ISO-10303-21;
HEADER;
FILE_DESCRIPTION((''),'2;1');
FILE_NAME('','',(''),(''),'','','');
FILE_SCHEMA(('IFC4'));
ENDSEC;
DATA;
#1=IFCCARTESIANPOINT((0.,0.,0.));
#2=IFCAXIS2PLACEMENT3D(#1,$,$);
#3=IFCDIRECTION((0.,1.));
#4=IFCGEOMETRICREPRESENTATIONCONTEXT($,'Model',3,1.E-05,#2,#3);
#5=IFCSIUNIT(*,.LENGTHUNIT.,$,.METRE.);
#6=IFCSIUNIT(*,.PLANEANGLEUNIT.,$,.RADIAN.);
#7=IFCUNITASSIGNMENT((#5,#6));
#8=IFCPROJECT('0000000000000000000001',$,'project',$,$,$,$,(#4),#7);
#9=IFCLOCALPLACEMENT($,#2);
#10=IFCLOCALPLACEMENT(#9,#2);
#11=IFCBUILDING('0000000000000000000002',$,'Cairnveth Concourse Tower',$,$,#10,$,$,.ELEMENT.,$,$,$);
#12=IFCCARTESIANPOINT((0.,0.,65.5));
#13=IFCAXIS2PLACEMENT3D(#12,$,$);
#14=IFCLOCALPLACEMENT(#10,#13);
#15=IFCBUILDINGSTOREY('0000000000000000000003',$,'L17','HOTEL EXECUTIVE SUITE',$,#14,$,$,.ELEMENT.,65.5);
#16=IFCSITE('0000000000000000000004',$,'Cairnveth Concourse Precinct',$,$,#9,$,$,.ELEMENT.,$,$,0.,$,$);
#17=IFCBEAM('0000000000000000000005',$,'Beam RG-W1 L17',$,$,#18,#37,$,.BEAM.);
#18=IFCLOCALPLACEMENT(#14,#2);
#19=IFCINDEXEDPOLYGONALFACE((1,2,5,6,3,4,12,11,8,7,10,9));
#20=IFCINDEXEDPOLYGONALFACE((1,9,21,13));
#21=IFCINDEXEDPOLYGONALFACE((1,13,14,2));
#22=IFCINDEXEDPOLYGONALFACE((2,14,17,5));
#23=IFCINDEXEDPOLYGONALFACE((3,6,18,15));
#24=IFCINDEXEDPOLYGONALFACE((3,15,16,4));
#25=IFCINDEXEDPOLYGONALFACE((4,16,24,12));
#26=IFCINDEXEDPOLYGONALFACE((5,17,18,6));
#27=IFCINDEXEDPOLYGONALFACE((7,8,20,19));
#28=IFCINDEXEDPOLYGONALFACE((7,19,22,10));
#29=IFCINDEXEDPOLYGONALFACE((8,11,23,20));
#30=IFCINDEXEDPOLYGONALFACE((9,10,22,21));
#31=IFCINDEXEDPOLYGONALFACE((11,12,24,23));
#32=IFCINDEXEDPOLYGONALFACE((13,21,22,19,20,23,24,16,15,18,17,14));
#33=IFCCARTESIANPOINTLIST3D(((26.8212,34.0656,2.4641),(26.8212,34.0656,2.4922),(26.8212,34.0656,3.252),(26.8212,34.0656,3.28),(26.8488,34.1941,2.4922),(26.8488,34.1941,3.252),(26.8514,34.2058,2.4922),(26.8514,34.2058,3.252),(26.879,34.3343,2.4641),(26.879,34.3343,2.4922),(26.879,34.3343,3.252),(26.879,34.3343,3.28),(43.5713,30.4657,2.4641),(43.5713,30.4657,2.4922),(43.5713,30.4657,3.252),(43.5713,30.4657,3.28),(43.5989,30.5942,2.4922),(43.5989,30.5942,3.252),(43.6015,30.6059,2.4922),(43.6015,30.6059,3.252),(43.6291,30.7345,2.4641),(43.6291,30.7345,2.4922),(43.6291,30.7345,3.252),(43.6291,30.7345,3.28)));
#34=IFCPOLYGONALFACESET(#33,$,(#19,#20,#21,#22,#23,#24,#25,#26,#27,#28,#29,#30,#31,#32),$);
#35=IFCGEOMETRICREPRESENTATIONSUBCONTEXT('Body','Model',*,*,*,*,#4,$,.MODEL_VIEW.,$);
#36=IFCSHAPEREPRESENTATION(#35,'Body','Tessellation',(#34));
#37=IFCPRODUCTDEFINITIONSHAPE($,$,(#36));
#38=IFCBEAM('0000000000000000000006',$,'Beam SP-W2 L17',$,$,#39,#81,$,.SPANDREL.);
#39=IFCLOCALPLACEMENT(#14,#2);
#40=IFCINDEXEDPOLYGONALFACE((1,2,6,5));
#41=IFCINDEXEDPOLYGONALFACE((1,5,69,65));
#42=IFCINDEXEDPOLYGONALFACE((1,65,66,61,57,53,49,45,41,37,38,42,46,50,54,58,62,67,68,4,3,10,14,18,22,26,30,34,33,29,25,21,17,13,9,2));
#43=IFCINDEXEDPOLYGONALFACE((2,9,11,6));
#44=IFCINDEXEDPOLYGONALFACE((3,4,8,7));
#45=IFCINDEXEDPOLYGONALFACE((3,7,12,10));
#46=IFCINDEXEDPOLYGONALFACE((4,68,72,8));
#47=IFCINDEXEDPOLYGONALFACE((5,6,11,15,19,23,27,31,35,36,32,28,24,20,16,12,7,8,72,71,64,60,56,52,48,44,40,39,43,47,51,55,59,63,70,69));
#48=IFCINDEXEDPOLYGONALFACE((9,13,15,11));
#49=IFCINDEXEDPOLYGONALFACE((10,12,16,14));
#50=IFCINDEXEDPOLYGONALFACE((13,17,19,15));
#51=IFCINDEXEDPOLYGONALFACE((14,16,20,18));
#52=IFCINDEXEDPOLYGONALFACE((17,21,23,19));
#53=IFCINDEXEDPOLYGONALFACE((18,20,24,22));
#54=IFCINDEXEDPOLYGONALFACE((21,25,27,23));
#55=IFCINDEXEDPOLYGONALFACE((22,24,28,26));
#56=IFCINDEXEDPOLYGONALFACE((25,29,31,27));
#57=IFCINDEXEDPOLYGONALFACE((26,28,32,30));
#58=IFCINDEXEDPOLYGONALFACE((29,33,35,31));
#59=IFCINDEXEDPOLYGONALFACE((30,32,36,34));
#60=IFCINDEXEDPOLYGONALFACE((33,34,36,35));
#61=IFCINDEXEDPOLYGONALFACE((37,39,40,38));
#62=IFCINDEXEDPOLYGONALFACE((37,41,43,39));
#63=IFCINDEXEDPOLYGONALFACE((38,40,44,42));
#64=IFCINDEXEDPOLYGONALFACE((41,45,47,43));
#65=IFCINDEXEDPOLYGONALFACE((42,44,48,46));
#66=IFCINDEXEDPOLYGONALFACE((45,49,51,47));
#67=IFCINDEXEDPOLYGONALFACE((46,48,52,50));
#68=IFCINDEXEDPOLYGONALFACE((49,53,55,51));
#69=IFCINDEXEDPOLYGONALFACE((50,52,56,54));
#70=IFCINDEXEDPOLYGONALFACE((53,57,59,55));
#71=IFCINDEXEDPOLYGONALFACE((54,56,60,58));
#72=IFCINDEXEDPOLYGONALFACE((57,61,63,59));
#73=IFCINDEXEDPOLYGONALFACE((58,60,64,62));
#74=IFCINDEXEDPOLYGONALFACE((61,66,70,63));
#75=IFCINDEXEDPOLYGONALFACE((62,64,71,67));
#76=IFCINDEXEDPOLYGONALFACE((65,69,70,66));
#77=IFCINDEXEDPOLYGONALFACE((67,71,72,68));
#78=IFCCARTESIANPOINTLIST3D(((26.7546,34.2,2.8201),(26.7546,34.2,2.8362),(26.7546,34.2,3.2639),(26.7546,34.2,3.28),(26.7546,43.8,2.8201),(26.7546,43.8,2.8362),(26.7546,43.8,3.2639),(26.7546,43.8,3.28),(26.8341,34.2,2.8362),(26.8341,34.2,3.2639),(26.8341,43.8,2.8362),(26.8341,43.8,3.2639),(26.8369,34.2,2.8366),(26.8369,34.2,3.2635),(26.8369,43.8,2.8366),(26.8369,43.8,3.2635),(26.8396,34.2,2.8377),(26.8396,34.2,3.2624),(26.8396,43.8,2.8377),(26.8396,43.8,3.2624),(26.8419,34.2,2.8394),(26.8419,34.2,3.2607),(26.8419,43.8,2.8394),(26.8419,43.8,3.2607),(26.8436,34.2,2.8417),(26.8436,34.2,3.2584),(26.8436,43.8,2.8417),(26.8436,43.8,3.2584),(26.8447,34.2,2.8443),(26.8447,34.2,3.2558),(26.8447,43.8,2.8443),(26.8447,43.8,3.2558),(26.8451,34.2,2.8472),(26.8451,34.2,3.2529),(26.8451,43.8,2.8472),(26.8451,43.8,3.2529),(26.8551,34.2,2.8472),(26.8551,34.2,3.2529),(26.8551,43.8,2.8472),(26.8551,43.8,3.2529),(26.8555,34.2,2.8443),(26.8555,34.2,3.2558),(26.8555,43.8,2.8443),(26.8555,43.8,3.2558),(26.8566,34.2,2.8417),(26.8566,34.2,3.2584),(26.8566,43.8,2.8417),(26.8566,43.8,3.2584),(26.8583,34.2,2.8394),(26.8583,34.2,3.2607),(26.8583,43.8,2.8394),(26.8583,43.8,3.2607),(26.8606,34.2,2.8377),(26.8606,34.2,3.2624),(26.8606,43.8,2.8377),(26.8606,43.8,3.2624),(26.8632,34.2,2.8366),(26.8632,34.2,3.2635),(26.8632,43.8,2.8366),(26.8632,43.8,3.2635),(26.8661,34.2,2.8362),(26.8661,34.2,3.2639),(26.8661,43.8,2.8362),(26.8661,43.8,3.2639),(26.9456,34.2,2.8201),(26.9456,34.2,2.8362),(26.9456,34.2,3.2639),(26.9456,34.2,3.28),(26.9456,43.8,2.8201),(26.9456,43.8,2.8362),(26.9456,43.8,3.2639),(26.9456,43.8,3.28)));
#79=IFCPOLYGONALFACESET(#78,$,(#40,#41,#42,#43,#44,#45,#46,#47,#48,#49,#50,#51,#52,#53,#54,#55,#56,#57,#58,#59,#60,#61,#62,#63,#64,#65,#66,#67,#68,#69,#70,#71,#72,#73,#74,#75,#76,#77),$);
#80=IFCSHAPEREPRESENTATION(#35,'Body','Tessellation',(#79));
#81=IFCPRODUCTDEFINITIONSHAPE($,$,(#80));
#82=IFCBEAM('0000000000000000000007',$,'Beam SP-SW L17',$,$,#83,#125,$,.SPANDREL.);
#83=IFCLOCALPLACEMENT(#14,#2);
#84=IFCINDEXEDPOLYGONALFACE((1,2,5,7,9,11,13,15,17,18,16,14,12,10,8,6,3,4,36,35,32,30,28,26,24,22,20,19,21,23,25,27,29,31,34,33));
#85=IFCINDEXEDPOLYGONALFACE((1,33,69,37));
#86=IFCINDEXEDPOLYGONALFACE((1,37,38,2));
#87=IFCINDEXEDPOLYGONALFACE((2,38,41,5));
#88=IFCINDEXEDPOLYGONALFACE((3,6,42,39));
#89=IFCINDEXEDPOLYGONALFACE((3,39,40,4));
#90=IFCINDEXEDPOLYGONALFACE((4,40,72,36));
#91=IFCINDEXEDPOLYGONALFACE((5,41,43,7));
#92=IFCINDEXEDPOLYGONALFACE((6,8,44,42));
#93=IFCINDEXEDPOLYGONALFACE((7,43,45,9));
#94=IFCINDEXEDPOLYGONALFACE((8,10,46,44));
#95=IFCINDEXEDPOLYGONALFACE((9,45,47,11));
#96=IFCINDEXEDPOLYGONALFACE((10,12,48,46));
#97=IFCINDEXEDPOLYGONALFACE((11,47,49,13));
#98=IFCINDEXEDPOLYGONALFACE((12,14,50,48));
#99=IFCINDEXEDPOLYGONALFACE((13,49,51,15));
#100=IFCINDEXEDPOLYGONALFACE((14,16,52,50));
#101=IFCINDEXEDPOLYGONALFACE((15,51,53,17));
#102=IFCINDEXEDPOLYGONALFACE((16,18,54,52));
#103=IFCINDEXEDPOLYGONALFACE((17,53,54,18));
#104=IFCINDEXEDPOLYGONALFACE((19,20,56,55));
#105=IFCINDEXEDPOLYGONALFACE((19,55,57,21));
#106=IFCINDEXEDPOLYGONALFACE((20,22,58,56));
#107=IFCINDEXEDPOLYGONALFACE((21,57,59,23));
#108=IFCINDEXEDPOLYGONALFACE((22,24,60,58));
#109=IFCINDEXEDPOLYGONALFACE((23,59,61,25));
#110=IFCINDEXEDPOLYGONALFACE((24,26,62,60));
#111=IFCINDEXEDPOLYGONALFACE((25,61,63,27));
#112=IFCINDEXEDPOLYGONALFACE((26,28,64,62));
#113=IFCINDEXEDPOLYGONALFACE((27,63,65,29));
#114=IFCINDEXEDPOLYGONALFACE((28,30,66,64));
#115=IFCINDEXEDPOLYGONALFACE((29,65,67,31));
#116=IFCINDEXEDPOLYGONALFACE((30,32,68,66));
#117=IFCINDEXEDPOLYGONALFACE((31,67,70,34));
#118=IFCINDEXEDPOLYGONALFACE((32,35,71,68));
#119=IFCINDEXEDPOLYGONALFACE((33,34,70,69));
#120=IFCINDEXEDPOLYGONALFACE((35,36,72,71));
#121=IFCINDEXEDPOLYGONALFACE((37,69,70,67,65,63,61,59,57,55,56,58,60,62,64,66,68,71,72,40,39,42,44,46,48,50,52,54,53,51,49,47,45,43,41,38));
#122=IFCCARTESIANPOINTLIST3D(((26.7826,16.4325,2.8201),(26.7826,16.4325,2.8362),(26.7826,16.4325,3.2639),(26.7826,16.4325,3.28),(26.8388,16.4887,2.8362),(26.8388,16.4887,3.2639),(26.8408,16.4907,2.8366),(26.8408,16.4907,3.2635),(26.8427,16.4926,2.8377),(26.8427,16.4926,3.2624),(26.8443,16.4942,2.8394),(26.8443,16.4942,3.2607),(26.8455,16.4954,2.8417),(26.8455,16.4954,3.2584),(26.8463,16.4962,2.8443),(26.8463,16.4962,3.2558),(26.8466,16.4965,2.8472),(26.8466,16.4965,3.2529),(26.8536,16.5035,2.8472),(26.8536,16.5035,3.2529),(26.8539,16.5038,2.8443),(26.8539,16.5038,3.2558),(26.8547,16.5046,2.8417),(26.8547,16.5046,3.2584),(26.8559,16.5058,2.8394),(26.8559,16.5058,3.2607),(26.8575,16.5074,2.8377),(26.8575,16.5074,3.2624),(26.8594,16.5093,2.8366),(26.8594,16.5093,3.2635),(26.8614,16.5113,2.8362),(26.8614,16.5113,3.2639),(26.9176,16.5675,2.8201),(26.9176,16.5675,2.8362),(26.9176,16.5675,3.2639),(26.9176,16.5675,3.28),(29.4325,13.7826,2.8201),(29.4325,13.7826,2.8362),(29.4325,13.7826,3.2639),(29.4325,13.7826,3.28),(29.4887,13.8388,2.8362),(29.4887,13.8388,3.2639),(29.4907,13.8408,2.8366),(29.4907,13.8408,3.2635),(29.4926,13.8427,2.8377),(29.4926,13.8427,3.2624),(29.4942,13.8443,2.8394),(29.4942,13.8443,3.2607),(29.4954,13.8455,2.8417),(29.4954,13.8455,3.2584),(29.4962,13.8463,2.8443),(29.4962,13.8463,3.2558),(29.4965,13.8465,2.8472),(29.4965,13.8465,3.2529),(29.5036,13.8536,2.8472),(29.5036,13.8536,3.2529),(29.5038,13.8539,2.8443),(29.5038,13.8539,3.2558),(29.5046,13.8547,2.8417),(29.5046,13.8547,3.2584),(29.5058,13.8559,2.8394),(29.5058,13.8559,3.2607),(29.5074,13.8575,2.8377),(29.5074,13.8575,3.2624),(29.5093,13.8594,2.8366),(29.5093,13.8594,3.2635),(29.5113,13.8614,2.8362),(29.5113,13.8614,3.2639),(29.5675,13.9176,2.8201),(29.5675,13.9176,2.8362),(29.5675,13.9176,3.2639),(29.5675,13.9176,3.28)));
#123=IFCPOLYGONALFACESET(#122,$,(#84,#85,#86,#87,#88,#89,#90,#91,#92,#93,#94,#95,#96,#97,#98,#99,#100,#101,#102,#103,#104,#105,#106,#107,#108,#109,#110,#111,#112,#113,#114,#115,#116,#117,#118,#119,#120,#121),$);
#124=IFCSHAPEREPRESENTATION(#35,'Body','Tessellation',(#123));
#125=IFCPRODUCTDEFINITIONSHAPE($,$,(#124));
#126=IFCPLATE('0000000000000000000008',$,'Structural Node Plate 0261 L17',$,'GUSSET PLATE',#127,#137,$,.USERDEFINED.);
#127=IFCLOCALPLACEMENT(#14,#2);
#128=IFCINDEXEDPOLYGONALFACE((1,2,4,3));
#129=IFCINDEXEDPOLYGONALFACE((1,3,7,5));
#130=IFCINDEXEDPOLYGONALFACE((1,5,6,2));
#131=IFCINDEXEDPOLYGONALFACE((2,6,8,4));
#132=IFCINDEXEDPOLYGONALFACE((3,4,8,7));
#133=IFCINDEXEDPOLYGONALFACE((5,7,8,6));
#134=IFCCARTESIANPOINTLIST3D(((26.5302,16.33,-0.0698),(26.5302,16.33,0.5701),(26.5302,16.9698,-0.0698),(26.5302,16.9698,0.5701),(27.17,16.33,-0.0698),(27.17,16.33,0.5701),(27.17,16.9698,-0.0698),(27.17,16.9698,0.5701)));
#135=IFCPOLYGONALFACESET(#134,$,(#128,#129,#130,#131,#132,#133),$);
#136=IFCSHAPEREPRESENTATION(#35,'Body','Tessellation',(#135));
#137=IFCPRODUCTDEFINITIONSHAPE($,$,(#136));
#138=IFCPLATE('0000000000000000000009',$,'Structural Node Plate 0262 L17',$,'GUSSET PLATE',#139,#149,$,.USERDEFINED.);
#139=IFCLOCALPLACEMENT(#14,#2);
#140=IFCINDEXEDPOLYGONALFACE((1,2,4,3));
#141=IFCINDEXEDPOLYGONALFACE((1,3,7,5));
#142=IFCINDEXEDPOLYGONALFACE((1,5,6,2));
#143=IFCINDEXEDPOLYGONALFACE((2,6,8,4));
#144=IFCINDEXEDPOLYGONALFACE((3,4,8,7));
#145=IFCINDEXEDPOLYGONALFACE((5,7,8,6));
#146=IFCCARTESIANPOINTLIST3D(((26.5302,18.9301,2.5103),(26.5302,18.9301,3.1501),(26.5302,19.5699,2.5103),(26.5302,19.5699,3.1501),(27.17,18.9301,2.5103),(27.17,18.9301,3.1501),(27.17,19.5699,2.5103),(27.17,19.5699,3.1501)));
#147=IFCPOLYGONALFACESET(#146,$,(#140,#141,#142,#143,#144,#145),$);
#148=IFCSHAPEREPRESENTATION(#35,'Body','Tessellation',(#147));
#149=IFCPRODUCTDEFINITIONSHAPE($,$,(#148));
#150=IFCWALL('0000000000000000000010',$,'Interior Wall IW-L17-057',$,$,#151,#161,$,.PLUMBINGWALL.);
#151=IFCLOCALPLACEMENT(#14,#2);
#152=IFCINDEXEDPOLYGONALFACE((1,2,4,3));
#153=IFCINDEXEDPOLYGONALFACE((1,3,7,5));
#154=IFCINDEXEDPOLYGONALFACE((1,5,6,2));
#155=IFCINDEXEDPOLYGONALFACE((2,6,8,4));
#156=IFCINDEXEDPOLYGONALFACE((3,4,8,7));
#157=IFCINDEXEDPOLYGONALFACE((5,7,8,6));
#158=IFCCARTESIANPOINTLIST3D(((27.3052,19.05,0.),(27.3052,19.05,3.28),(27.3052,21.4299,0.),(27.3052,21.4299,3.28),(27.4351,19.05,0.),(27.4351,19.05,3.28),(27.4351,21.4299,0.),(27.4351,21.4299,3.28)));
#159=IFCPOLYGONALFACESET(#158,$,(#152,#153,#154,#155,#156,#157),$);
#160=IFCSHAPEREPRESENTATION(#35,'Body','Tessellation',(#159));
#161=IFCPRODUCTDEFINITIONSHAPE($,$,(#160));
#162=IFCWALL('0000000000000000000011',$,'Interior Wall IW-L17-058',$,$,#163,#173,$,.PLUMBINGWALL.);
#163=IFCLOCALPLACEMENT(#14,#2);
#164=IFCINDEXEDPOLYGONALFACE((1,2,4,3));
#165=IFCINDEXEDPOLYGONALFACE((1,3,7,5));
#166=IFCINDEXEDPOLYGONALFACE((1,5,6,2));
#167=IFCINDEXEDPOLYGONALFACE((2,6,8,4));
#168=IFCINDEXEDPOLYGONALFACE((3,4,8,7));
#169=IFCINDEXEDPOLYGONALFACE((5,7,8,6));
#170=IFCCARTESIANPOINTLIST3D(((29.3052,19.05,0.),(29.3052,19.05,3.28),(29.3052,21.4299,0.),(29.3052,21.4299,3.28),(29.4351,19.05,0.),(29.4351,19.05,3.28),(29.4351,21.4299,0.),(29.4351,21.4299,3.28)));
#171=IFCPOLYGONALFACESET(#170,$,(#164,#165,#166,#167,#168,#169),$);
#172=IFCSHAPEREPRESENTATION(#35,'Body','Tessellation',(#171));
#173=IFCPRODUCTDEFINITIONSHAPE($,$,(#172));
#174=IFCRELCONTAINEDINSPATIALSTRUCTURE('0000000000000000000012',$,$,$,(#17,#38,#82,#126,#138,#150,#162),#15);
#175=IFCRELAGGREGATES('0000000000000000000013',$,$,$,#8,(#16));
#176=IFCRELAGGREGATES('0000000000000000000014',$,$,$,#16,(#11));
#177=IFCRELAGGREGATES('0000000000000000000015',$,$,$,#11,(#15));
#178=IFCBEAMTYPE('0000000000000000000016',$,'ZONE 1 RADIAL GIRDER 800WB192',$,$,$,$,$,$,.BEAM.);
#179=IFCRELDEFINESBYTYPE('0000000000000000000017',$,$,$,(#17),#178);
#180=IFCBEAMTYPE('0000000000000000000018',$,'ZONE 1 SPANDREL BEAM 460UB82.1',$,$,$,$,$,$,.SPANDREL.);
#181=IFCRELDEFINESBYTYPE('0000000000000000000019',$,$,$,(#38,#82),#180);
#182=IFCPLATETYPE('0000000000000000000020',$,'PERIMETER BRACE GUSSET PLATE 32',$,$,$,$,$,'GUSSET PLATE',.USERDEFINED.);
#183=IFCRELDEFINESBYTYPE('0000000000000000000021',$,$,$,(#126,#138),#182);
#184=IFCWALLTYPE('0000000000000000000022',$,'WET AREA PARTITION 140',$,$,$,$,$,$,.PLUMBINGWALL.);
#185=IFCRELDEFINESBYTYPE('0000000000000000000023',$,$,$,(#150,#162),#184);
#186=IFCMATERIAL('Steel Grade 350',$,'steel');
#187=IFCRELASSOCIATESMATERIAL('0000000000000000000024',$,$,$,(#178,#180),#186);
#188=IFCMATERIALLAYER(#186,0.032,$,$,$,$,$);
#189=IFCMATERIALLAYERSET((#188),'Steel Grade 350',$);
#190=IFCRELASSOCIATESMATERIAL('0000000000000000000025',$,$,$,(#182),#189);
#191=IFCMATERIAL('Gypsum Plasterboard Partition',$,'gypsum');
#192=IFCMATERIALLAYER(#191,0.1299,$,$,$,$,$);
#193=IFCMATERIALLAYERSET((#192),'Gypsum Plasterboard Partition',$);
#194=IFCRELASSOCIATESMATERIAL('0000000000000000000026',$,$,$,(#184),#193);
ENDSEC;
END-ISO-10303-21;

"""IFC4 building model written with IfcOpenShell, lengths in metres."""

from ifc_helpers import new_model, si_unit, direction, frame, frame_2d, origin, origin_2d, place, context, subcontext, project, spatial, rectangle, i_section, extrude, material, layer, layer_set, material_profile, profile_set, type_object, element, save


model = new_model("IFC4")

# Units and contexts
model_context = context("Model", 3, precision=1e-05, world=origin(), true_north=direction((0.0, 1.0)))
body_context = subcontext(model_context, "Body", "Model", "MODEL_VIEW")
ifc_project = project(units=[si_unit("LENGTHUNIT", "METRE"), si_unit("PLANEANGLEUNIT", "RADIAN")], contexts=[model_context])

# Site, building, storey
site_placement = place(None, origin())
site = spatial("IfcSite", under=ifc_project, at=site_placement, Name="Cairnveth Concourse Precinct", CompositionType="ELEMENT", RefElevation=0.0)
building_placement = place(site_placement, origin())
building = spatial("IfcBuilding", under=site, at=building_placement, Name="Cairnveth Concourse Tower", CompositionType="ELEMENT")
storey_placement = place(building_placement, frame((0.0, 0.0, 65.5)))
storey = spatial("IfcBuildingStorey", under=building, at=storey_placement, Name="L17", Description="HOTEL EXECUTIVE SUITE", CompositionType="ELEMENT", Elevation=65.5)

# Shared definitions
ifc_material_1 = material(Name="Steel Grade 350", Category="steel")

# Beams
ifc_material_profile_1 = material_profile(ifc_material_1, i_section(OverallWidth=0.2749, OverallDepth=0.8159, WebThickness=0.012, FlangeThickness=0.0281, at=origin_2d()), Name="800WB192")
ifc_profile_set_1 = profile_set([ifc_material_profile_1], Name="Steel Grade 350")
beam_type_1 = type_object("IfcBeamType", Name="ZONE 1 RADIAL GIRDER 800WB192", PredefinedType="BEAM", material=ifc_profile_set_1)
beam_1_placement = place(storey_placement, frame((26.8501, 34.2, 2.8721), z_axis=(0.977676, -0.210119, 0.0), x_axis=(0.210119, 0.977676, 0.0)))
element("IfcBeam", 1, at=beam_1_placement, inside=storey, type_object=beam_type_1, Name="Beam RG-W1 L17", PredefinedType="BEAM", context=body_context, shape_type="SweptSolid", body=[
    extrude(i_section(OverallWidth=0.2749, OverallDepth=0.8159, WebThickness=0.012, FlangeThickness=0.0281, at=origin_2d()), origin(), (0.0, 0.0, 1.0), 17.1326),
])
ifc_material_profile_2 = material_profile(ifc_material_1, i_section(OverallWidth=0.1909, OverallDepth=0.46, WebThickness=0.01, FlangeThickness=0.0161, FilletRadius=0.011, at=origin_2d()), Name="460UB82.1")
ifc_profile_set_2 = profile_set([ifc_material_profile_2], Name="Steel Grade 350")
beam_type_2 = type_object("IfcBeamType", Name="ZONE 1 SPANDREL BEAM 460UB82.1", PredefinedType="SPANDREL", material=ifc_profile_set_2)
beam_2_placement = place(storey_placement, frame((26.8501, 34.2, 3.05), z_axis=(0.0, 1.0, 0.0), x_axis=(-1.0, 0.0, 0.0)))
element("IfcBeam", 2, at=beam_2_placement, inside=storey, type_object=beam_type_2, Name="Beam SP-W2 L17", PredefinedType="SPANDREL", context=body_context, shape_type="SweptSolid", body=[
    extrude(i_section(OverallWidth=0.1909, OverallDepth=0.46, WebThickness=0.01, FlangeThickness=0.0161, FilletRadius=0.011, at=origin_2d()), origin(), (0.0, 0.0, 1.0), 9.6001),
])
beam_3_placement = place(storey_placement, frame((26.8501, 16.5, 3.05), z_axis=(0.707107, -0.707107, 0.0), x_axis=(0.707107, 0.707107, 0.0)))
element("IfcBeam", 3, at=beam_3_placement, inside=storey, type_object=beam_type_2, Name="Beam SP-SW L17", PredefinedType="SPANDREL", context=body_context, shape_type="SweptSolid", body=[
    extrude(i_section(OverallWidth=0.1909, OverallDepth=0.46, WebThickness=0.01, FlangeThickness=0.0161, FilletRadius=0.011, at=origin_2d()), origin(), (0.0, 0.0, 1.0), 3.7476),
])

# Plates
ifc_layer_1 = layer(ifc_material_1, 0.032)
ifc_layer_set_1 = layer_set([ifc_layer_1], Name="Steel Grade 350")
plate_type = type_object("IfcPlateType", Name="PERIMETER BRACE GUSSET PLATE 32", ElementType="GUSSET PLATE", PredefinedType="USERDEFINED", material=ifc_layer_set_1)
for number, where, z_axis, x_axis, name in (
    (4, (26.8501, 16.6499, -0.0698), (0.0, 0.0, 1.0), (1.0, 0.0, 0.0), "Structural Node Plate 0261 L17"),
    (5, (26.8501, 19.25, 2.5103), (0.0, 0.0, 1.0), (1.0, 0.0, 0.0), "Structural Node Plate 0262 L17"),
):
    element("IfcPlate", number, at=place(storey_placement, frame(where, z_axis=z_axis, x_axis=x_axis)), inside=storey, type_object=plate_type, Name=name, ObjectType="GUSSET PLATE", PredefinedType="USERDEFINED", context=body_context, shape_type="SweptSolid", body=[
        extrude(rectangle(XDim=0.6399, YDim=0.6399, at=origin_2d()), origin(), (0.0, 0.0, 1.0), 0.6399),
    ])

# Walls
ifc_material_2 = material(Name="Gypsum Plasterboard Partition", Category="gypsum")
ifc_layer_2 = layer(ifc_material_2, 0.1299)
ifc_layer_set_2 = layer_set([ifc_layer_2], Name="Gypsum Plasterboard Partition")
wall_type_1 = type_object("IfcWallType", Name="WET AREA PARTITION 140", PredefinedType="PLUMBINGWALL", material=ifc_layer_set_2)
for number, where, z_axis, x_axis, name in (
    (6, (27.3701, 19.05, 0.0), (0.0, 0.0, 1.0), (0.0, 1.0, 0.0), "Interior Wall IW-L17-057"),
    (7, (29.3701, 19.05, 0.0), (0.0, 0.0, 1.0), (0.0, 1.0, 0.0), "Interior Wall IW-L17-058"),
):
    element("IfcWall", number, at=place(storey_placement, frame(where, z_axis=z_axis, x_axis=x_axis)), inside=storey, type_object=wall_type_1, Name=name, PredefinedType="PLUMBINGWALL", context=body_context, shape_type="SweptSolid", body=[
        extrude(rectangle(XDim=2.3799, YDim=0.1299, at=frame_2d((1.1899, 0.0))), origin(), (0.0, 0.0, 1.0), 3.28),
    ])

save(model, "model.ifc")
